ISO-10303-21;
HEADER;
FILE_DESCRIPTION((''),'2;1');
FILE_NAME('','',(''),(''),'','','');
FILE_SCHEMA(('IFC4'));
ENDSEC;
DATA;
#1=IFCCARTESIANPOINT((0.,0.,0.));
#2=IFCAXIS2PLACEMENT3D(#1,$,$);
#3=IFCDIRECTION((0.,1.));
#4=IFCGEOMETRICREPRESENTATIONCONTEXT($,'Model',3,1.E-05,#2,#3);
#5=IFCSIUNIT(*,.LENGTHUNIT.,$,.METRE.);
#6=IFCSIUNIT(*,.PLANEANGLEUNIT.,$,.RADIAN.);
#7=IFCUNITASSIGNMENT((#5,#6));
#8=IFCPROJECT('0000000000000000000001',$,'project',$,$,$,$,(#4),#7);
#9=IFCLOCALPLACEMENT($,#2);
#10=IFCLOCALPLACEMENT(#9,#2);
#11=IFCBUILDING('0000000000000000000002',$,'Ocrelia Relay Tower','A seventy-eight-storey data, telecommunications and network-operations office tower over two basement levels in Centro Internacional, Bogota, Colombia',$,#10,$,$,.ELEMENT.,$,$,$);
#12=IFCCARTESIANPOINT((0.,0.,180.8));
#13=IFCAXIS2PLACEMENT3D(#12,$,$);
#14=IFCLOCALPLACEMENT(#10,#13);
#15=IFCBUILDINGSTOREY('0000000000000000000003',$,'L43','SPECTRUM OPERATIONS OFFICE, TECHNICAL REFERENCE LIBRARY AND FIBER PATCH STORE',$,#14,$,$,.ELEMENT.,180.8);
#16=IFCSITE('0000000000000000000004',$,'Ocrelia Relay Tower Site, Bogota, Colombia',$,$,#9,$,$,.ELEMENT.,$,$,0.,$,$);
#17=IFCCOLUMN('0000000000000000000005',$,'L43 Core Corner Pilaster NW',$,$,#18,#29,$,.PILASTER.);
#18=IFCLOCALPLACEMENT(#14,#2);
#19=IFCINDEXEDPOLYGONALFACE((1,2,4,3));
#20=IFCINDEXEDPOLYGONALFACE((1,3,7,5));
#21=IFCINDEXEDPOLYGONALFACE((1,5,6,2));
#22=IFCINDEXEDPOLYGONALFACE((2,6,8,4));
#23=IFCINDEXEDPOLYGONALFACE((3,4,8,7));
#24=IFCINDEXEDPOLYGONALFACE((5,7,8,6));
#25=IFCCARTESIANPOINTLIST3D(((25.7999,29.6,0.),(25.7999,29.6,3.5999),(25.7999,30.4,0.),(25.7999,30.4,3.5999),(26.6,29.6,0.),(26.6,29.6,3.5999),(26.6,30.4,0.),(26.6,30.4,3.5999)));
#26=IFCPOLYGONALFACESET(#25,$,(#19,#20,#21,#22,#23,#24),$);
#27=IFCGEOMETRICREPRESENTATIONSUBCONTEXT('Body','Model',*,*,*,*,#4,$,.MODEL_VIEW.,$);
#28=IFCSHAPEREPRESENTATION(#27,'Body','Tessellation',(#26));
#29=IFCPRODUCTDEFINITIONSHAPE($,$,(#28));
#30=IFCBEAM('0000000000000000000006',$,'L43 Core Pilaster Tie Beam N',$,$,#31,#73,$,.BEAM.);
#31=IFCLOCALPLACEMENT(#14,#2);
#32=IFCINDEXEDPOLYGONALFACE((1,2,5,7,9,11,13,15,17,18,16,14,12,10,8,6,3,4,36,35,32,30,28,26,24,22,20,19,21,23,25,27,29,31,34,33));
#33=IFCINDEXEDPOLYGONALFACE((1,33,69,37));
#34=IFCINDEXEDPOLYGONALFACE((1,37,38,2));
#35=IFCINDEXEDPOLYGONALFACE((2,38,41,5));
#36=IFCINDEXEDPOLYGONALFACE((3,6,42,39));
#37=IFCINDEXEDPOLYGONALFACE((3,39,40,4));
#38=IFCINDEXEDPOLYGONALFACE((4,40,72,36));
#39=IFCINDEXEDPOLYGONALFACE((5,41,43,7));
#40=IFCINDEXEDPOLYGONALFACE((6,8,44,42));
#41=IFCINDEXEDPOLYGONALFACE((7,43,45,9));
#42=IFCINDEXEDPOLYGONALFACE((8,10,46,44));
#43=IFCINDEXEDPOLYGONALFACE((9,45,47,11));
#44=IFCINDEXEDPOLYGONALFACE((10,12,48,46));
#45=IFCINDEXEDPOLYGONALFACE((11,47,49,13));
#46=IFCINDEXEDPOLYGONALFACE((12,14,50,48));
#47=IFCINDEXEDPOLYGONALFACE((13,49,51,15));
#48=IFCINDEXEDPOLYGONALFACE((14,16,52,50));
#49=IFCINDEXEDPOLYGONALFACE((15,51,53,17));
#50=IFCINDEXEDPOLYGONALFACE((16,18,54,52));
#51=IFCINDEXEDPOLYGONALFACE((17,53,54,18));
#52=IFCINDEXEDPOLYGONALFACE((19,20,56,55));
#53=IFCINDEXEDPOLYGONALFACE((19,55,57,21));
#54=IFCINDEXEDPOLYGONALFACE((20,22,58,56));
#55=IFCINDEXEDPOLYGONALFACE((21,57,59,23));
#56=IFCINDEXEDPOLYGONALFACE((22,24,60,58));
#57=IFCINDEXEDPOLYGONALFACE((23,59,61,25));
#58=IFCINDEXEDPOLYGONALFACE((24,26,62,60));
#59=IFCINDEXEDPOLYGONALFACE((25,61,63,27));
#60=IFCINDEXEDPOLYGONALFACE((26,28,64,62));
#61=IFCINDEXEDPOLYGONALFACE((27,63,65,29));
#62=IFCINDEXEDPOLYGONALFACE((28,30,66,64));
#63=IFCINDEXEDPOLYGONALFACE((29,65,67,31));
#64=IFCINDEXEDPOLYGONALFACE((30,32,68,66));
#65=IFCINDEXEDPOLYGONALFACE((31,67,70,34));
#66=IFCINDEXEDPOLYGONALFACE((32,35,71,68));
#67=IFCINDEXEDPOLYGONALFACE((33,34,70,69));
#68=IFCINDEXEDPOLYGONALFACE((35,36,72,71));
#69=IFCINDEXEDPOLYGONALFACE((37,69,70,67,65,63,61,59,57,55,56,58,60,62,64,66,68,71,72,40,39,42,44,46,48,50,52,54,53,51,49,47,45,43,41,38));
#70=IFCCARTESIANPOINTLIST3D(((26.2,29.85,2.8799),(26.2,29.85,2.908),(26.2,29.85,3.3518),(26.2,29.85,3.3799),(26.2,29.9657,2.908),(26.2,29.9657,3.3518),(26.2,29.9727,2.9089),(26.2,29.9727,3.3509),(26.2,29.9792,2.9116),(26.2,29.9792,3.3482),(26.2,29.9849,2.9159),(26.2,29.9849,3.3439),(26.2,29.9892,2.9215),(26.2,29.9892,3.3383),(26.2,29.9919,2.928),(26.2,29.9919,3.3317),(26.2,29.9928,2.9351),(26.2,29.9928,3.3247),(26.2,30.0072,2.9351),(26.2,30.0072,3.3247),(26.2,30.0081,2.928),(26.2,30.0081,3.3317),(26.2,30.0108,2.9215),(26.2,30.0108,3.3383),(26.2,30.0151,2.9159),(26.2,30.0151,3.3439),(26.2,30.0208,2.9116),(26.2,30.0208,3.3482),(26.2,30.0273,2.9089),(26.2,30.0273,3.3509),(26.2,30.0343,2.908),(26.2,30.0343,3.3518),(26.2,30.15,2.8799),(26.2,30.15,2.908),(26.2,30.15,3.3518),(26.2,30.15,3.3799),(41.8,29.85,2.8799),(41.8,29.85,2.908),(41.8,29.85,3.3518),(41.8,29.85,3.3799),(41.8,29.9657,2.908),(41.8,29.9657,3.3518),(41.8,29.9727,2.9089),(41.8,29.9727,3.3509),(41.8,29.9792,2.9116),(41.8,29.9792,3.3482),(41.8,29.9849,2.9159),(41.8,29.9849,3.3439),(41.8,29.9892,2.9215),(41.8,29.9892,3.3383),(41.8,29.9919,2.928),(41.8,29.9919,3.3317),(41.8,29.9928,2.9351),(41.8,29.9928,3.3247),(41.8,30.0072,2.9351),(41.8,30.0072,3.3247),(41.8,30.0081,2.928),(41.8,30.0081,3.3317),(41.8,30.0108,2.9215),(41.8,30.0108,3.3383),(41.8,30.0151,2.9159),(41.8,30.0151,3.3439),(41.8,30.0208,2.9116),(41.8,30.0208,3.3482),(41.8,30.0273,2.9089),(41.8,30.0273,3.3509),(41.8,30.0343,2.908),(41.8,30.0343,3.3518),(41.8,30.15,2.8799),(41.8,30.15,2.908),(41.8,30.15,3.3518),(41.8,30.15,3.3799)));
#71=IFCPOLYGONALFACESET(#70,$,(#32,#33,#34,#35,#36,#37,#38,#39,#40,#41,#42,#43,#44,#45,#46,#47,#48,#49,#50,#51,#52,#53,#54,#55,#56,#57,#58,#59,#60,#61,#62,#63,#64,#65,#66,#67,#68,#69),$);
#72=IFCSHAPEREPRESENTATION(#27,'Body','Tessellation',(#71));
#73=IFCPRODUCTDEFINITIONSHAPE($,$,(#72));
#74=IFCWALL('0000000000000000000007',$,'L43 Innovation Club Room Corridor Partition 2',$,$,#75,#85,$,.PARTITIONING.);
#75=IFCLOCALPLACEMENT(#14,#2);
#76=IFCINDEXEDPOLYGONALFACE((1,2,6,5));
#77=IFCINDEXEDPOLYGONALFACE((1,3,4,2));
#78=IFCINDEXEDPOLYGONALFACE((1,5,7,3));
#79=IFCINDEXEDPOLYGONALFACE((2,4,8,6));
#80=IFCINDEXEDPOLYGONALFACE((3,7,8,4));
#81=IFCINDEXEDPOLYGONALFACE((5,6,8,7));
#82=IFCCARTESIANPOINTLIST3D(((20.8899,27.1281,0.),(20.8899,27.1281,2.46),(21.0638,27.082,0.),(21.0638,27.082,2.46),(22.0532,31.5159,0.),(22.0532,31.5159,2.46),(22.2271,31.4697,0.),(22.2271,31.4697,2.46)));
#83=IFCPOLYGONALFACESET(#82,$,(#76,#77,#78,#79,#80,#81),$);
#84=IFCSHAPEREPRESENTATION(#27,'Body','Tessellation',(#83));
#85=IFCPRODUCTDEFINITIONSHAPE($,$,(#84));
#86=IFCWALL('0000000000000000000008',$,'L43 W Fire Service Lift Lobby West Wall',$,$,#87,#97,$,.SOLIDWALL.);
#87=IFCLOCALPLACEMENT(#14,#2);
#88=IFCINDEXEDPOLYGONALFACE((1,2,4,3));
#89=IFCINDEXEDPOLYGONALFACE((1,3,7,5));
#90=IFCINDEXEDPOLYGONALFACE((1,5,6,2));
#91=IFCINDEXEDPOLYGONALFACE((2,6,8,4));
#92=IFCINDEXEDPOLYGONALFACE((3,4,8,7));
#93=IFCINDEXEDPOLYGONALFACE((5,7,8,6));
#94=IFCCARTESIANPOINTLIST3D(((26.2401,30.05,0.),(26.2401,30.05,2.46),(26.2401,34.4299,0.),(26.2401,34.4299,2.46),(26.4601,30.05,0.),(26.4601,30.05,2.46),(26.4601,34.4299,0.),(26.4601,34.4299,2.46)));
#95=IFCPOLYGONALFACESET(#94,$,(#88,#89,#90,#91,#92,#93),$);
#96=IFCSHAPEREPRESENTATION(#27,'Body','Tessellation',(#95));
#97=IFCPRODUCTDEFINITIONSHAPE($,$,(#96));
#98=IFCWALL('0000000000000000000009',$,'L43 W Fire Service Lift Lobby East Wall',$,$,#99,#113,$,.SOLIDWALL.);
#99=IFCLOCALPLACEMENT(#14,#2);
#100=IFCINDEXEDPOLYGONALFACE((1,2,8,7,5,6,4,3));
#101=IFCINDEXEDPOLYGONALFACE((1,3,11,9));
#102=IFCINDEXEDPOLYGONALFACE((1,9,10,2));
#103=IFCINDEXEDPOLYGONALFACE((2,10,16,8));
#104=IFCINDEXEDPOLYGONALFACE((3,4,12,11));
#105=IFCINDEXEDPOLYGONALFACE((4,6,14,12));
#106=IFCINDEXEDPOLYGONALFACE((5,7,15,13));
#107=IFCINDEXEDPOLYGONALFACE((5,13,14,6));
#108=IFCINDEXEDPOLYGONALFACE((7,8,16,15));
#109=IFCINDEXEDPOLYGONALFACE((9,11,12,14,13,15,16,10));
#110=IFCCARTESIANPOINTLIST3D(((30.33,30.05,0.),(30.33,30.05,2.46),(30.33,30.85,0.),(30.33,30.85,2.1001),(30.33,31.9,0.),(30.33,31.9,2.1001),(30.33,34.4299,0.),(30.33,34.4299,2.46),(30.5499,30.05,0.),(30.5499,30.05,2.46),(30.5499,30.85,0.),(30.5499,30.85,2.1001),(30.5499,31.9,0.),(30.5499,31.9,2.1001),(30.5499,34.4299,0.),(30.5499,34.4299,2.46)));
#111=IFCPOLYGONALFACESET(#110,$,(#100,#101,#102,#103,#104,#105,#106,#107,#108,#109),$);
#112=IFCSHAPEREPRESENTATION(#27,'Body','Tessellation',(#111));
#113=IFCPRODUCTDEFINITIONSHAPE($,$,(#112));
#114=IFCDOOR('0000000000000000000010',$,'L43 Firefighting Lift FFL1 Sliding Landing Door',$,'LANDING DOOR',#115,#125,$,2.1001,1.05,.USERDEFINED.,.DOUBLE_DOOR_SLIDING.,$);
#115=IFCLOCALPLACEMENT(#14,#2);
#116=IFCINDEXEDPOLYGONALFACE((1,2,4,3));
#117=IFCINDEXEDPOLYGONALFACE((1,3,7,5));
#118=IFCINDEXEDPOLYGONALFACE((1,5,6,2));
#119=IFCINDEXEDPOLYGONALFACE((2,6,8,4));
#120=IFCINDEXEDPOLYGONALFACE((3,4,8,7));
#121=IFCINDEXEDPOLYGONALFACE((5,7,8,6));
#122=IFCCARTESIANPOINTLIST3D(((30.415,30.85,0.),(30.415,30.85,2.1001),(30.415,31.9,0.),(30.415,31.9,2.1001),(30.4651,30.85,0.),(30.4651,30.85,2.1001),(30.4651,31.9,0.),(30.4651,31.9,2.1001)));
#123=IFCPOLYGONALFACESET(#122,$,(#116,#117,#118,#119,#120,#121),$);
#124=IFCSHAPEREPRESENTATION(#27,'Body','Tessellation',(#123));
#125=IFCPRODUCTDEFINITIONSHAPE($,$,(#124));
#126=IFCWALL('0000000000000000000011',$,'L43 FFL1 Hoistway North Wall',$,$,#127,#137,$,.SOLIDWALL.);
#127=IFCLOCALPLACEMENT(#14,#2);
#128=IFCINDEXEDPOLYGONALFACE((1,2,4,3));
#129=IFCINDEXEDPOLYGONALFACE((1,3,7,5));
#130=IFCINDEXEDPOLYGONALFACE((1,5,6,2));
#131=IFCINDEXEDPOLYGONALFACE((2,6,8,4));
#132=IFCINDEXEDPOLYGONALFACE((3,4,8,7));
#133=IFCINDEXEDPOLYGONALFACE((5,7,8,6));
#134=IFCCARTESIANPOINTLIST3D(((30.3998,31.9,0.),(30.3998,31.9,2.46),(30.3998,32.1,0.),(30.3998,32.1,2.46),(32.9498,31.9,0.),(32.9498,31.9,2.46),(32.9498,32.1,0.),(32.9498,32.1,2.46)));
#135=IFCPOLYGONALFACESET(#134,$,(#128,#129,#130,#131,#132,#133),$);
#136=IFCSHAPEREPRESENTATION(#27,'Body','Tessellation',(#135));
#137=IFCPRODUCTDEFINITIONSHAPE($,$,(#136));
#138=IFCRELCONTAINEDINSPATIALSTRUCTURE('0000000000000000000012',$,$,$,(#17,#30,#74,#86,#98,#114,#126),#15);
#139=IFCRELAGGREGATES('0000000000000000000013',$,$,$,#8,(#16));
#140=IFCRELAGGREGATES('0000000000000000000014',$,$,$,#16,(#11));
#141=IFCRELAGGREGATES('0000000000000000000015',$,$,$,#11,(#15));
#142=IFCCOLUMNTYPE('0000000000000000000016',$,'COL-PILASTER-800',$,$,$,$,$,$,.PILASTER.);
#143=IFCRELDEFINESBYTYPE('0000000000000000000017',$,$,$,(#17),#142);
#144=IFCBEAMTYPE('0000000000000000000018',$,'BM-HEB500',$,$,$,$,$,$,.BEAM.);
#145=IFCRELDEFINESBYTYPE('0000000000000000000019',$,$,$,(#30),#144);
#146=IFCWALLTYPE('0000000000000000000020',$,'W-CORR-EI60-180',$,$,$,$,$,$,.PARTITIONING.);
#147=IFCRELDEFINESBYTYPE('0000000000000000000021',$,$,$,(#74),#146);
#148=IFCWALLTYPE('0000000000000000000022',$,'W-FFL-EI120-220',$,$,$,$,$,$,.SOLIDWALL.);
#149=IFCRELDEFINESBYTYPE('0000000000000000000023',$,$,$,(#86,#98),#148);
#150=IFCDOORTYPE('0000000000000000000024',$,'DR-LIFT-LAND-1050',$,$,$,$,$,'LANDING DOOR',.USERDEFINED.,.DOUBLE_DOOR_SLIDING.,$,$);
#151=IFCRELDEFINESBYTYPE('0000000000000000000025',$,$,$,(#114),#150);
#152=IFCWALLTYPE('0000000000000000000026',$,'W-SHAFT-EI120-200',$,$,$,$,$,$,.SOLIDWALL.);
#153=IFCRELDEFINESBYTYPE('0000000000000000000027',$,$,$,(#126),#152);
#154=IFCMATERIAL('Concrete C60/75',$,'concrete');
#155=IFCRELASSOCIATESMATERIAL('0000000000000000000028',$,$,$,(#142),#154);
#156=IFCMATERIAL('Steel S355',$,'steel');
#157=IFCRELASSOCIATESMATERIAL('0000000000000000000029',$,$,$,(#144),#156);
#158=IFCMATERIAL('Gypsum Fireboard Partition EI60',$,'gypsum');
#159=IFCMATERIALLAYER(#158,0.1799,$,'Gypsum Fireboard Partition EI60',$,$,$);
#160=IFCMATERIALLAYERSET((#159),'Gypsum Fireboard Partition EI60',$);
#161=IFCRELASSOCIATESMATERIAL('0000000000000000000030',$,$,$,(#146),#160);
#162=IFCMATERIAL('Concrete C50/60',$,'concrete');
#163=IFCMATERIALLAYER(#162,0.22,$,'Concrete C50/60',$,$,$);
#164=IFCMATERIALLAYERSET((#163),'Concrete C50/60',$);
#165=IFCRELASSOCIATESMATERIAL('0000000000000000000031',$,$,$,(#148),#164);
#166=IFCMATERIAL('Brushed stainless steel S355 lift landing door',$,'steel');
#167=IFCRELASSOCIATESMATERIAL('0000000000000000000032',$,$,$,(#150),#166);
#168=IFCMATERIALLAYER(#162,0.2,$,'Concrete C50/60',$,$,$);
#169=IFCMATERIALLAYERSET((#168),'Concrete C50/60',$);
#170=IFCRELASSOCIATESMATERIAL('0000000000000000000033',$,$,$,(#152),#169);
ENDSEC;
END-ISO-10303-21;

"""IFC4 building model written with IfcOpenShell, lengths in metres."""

from ifc_helpers import new_model, si_unit, direction, frame, frame_2d, origin, origin_2d, place, context, subcontext, project, spatial, rectangle, i_section, extrude, material, layer, layer_set, material_profile, profile_set, type_object, element, fill, save


model = new_model("IFC4")

# Units and contexts
model_context = context("Model", 3, precision=1e-05, world=origin(), true_north=direction((0.0, 1.0)))
body_context = subcontext(model_context, "Body", "Model", "MODEL_VIEW")
ifc_project = project(units=[si_unit("LENGTHUNIT", "METRE"), si_unit("PLANEANGLEUNIT", "RADIAN")], contexts=[model_context])

# Site, building, storey
site_placement = place(None, origin())
site = spatial("IfcSite", under=ifc_project, at=site_placement, Name="Ocrelia Relay Tower Site, Bogota, Colombia", CompositionType="ELEMENT", RefElevation=0.0)
building_placement = place(site_placement, origin())
building = spatial("IfcBuilding", under=site, at=building_placement, Name="Ocrelia Relay Tower", Description="A seventy-eight-storey data, telecommunications and network-operations office tower over two basement levels in Centro Internacional, Bogota, Colombia", CompositionType="ELEMENT")
storey_placement = place(building_placement, frame((0.0, 0.0, 180.8)))
storey = spatial("IfcBuildingStorey", under=building, at=storey_placement, Name="L43", Description="SPECTRUM OPERATIONS OFFICE, TECHNICAL REFERENCE LIBRARY AND FIBER PATCH STORE", CompositionType="ELEMENT", Elevation=180.8)

# Column
ifc_material_1 = material(Name="Concrete C60/75", Category="concrete")
ifc_material_profile_1 = material_profile(ifc_material_1, rectangle(XDim=0.8, YDim=0.8, at=origin_2d()), Name="RC-COL-800x800")
ifc_profile_set_1 = profile_set([ifc_material_profile_1], Name="Concrete C60/75")
column_type = type_object("IfcColumnType", Name="COL-PILASTER-800", PredefinedType="PILASTER", material=ifc_profile_set_1)
column_placement = place(storey_placement, frame((26.2, 30.0, 0.0), z_axis=(0.0, 0.0, 1.0), x_axis=(1.0, 0.0, 0.0)))
element("IfcColumn", 1, at=column_placement, inside=storey, type_object=column_type, Name="L43 Core Corner Pilaster NW", PredefinedType="PILASTER", context=body_context, shape_type="SweptSolid", body=[
    extrude(rectangle(XDim=0.8, YDim=0.8, at=origin_2d()), origin(), (0.0, 0.0, 1.0), 3.5999),
])

# Beam
ifc_material_2 = material(Name="Steel S355", Category="steel")
ifc_material_profile_2 = material_profile(ifc_material_2, i_section(OverallWidth=0.3, OverallDepth=0.5, WebThickness=0.0144, FlangeThickness=0.0281, FilletRadius=0.0271, at=origin_2d()), Name="HEB 500")
ifc_profile_set_2 = profile_set([ifc_material_profile_2], Name="Steel S355")
beam_type = type_object("IfcBeamType", Name="BM-HEB500", PredefinedType="BEAM", material=ifc_profile_set_2)
beam_placement = place(storey_placement, frame((26.2, 30.0, 3.1299), z_axis=(1.0, 0.0, 0.0), x_axis=(0.0, 1.0, 0.0)))
element("IfcBeam", 2, at=beam_placement, inside=storey, type_object=beam_type, Name="L43 Core Pilaster Tie Beam N", PredefinedType="BEAM", context=body_context, shape_type="SweptSolid", body=[
    extrude(i_section(OverallWidth=0.3, OverallDepth=0.5, WebThickness=0.0144, FlangeThickness=0.0281, FilletRadius=0.0271, at=origin_2d()), origin(), (0.0, 0.0, 1.0), 15.6001),
])

# Shared definitions
ifc_material_3 = material(Name="Gypsum Fireboard Partition EI60", Category="gypsum")
ifc_layer_1 = layer(ifc_material_3, 0.1799, Name="Gypsum Fireboard Partition EI60")
ifc_layer_set_1 = layer_set([ifc_layer_1], Name="Gypsum Fireboard Partition EI60")
wall_type_1 = type_object("IfcWallType", Name="W-CORR-EI60-180", PredefinedType="PARTITIONING", material=ifc_layer_set_1)

# Wall
wall_1_placement = place(storey_placement, frame((22.1401, 31.4927, 0.0), z_axis=(0.0, 0.0, 1.0), x_axis=(-0.25628, -0.966603, 0.0)))
element("IfcWall", 3, at=wall_1_placement, inside=storey, type_object=wall_type_1, Name="L43 Innovation Club Room Corridor Partition 2", PredefinedType="PARTITIONING", context=body_context, shape_type="SweptSolid", body=[
    extrude(rectangle(XDim=4.5393, YDim=0.1799, at=frame_2d((2.2695, 0.0))), origin(), (0.0, 0.0, 1.0), 2.46),
])

# Wall
ifc_material_4 = material(Name="Concrete C50/60", Category="concrete")
ifc_layer_2 = layer(ifc_material_4, 0.22, Name="Concrete C50/60")
ifc_layer_set_2 = layer_set([ifc_layer_2], Name="Concrete C50/60")
wall_type_2 = type_object("IfcWallType", Name="W-FFL-EI120-220", PredefinedType="SOLIDWALL", material=ifc_layer_set_2)
wall_2_placement = place(storey_placement, frame((26.3501, 30.05, 0.0), z_axis=(0.0, 0.0, 1.0), x_axis=(0.0, 1.0, 0.0)))
element("IfcWall", 4, at=wall_2_placement, inside=storey, type_object=wall_type_2, Name="L43 W Fire Service Lift Lobby West Wall", PredefinedType="SOLIDWALL", context=body_context, shape_type="SweptSolid", body=[
    extrude(rectangle(XDim=4.3799, YDim=0.22, at=frame_2d((2.1899, 0.0))), origin(), (0.0, 0.0, 1.0), 2.46),
])

# Wall, opening, door
wall_3_placement = place(storey_placement, frame((30.4399, 30.05, 0.0), z_axis=(0.0, 0.0, 1.0), x_axis=(0.0, 1.0, 0.0)))
wall_3 = element("IfcWall", 5, at=wall_3_placement, inside=storey, type_object=wall_type_2, Name="L43 W Fire Service Lift Lobby East Wall", PredefinedType="SOLIDWALL", context=body_context, shape_type="SweptSolid", body=[
    extrude(rectangle(XDim=4.3799, YDim=0.22, at=frame_2d((2.1899, 0.0))), origin(), (0.0, 0.0, 1.0), 2.46),
])
opening_1_placement = place(wall_3_placement, frame((0.8, 0.0, 0.0)))
opening_1 = element("IfcOpeningElement", 6, at=opening_1_placement, cuts=wall_3, PredefinedType="OPENING", context=body_context, shape_type="SweptSolid", body=[
    extrude(rectangle(XDim=1.05, YDim=2.1001, at=frame_2d((0.5249, 1.05))), frame((0.0, 0.1201, 0.0), z_axis=(0.0, -1.0, 0.0), x_axis=(1.0, 0.0, 0.0)), (0.0, 0.0, 1.0), 0.24),
])
ifc_material_5 = material(Name="Brushed stainless steel S355 lift landing door", Category="steel")
door_type_1 = type_object("IfcDoorType", Name="DR-LIFT-LAND-1050", ElementType="LANDING DOOR", OperationType="DOUBLE_DOOR_SLIDING", PredefinedType="USERDEFINED", material=ifc_material_5)
door_1_placement = place(opening_1_placement, origin())
door_1 = element("IfcDoor", 7, at=door_1_placement, inside=storey, type_object=door_type_1, Name="L43 Firefighting Lift FFL1 Sliding Landing Door", ObjectType="LANDING DOOR", OperationType="DOUBLE_DOOR_SLIDING", OverallHeight=2.1001, OverallWidth=1.05, PredefinedType="USERDEFINED", context=body_context, shape_type="SweptSolid", body=[
    extrude(rectangle(XDim=1.05, YDim=2.1001, at=frame_2d((0.5249, 1.05))), frame((0.0, 0.0249, 0.0), z_axis=(0.0, -1.0, 0.0), x_axis=(1.0, 0.0, 0.0)), (0.0, 0.0, 1.0), 0.05),
])
fill(opening_1, door_1)

# Wall
ifc_layer_3 = layer(ifc_material_4, 0.2, Name="Concrete C50/60")
ifc_layer_set_3 = layer_set([ifc_layer_3], Name="Concrete C50/60")
wall_type_3 = type_object("IfcWallType", Name="W-SHAFT-EI120-200", PredefinedType="SOLIDWALL", material=ifc_layer_set_3)
wall_4_placement = place(storey_placement, frame((30.3999, 32.0, 0.0), z_axis=(0.0, 0.0, 1.0), x_axis=(1.0, 0.0, 0.0)))
element("IfcWall", 8, at=wall_4_placement, inside=storey, type_object=wall_type_3, Name="L43 FFL1 Hoistway North Wall", PredefinedType="SOLIDWALL", context=body_context, shape_type="SweptSolid", body=[
    extrude(rectangle(XDim=2.55, YDim=0.2, at=frame_2d((1.2749, 0.0))), origin(), (0.0, 0.0, 1.0), 2.46),
])

save(model, "model.ifc")
